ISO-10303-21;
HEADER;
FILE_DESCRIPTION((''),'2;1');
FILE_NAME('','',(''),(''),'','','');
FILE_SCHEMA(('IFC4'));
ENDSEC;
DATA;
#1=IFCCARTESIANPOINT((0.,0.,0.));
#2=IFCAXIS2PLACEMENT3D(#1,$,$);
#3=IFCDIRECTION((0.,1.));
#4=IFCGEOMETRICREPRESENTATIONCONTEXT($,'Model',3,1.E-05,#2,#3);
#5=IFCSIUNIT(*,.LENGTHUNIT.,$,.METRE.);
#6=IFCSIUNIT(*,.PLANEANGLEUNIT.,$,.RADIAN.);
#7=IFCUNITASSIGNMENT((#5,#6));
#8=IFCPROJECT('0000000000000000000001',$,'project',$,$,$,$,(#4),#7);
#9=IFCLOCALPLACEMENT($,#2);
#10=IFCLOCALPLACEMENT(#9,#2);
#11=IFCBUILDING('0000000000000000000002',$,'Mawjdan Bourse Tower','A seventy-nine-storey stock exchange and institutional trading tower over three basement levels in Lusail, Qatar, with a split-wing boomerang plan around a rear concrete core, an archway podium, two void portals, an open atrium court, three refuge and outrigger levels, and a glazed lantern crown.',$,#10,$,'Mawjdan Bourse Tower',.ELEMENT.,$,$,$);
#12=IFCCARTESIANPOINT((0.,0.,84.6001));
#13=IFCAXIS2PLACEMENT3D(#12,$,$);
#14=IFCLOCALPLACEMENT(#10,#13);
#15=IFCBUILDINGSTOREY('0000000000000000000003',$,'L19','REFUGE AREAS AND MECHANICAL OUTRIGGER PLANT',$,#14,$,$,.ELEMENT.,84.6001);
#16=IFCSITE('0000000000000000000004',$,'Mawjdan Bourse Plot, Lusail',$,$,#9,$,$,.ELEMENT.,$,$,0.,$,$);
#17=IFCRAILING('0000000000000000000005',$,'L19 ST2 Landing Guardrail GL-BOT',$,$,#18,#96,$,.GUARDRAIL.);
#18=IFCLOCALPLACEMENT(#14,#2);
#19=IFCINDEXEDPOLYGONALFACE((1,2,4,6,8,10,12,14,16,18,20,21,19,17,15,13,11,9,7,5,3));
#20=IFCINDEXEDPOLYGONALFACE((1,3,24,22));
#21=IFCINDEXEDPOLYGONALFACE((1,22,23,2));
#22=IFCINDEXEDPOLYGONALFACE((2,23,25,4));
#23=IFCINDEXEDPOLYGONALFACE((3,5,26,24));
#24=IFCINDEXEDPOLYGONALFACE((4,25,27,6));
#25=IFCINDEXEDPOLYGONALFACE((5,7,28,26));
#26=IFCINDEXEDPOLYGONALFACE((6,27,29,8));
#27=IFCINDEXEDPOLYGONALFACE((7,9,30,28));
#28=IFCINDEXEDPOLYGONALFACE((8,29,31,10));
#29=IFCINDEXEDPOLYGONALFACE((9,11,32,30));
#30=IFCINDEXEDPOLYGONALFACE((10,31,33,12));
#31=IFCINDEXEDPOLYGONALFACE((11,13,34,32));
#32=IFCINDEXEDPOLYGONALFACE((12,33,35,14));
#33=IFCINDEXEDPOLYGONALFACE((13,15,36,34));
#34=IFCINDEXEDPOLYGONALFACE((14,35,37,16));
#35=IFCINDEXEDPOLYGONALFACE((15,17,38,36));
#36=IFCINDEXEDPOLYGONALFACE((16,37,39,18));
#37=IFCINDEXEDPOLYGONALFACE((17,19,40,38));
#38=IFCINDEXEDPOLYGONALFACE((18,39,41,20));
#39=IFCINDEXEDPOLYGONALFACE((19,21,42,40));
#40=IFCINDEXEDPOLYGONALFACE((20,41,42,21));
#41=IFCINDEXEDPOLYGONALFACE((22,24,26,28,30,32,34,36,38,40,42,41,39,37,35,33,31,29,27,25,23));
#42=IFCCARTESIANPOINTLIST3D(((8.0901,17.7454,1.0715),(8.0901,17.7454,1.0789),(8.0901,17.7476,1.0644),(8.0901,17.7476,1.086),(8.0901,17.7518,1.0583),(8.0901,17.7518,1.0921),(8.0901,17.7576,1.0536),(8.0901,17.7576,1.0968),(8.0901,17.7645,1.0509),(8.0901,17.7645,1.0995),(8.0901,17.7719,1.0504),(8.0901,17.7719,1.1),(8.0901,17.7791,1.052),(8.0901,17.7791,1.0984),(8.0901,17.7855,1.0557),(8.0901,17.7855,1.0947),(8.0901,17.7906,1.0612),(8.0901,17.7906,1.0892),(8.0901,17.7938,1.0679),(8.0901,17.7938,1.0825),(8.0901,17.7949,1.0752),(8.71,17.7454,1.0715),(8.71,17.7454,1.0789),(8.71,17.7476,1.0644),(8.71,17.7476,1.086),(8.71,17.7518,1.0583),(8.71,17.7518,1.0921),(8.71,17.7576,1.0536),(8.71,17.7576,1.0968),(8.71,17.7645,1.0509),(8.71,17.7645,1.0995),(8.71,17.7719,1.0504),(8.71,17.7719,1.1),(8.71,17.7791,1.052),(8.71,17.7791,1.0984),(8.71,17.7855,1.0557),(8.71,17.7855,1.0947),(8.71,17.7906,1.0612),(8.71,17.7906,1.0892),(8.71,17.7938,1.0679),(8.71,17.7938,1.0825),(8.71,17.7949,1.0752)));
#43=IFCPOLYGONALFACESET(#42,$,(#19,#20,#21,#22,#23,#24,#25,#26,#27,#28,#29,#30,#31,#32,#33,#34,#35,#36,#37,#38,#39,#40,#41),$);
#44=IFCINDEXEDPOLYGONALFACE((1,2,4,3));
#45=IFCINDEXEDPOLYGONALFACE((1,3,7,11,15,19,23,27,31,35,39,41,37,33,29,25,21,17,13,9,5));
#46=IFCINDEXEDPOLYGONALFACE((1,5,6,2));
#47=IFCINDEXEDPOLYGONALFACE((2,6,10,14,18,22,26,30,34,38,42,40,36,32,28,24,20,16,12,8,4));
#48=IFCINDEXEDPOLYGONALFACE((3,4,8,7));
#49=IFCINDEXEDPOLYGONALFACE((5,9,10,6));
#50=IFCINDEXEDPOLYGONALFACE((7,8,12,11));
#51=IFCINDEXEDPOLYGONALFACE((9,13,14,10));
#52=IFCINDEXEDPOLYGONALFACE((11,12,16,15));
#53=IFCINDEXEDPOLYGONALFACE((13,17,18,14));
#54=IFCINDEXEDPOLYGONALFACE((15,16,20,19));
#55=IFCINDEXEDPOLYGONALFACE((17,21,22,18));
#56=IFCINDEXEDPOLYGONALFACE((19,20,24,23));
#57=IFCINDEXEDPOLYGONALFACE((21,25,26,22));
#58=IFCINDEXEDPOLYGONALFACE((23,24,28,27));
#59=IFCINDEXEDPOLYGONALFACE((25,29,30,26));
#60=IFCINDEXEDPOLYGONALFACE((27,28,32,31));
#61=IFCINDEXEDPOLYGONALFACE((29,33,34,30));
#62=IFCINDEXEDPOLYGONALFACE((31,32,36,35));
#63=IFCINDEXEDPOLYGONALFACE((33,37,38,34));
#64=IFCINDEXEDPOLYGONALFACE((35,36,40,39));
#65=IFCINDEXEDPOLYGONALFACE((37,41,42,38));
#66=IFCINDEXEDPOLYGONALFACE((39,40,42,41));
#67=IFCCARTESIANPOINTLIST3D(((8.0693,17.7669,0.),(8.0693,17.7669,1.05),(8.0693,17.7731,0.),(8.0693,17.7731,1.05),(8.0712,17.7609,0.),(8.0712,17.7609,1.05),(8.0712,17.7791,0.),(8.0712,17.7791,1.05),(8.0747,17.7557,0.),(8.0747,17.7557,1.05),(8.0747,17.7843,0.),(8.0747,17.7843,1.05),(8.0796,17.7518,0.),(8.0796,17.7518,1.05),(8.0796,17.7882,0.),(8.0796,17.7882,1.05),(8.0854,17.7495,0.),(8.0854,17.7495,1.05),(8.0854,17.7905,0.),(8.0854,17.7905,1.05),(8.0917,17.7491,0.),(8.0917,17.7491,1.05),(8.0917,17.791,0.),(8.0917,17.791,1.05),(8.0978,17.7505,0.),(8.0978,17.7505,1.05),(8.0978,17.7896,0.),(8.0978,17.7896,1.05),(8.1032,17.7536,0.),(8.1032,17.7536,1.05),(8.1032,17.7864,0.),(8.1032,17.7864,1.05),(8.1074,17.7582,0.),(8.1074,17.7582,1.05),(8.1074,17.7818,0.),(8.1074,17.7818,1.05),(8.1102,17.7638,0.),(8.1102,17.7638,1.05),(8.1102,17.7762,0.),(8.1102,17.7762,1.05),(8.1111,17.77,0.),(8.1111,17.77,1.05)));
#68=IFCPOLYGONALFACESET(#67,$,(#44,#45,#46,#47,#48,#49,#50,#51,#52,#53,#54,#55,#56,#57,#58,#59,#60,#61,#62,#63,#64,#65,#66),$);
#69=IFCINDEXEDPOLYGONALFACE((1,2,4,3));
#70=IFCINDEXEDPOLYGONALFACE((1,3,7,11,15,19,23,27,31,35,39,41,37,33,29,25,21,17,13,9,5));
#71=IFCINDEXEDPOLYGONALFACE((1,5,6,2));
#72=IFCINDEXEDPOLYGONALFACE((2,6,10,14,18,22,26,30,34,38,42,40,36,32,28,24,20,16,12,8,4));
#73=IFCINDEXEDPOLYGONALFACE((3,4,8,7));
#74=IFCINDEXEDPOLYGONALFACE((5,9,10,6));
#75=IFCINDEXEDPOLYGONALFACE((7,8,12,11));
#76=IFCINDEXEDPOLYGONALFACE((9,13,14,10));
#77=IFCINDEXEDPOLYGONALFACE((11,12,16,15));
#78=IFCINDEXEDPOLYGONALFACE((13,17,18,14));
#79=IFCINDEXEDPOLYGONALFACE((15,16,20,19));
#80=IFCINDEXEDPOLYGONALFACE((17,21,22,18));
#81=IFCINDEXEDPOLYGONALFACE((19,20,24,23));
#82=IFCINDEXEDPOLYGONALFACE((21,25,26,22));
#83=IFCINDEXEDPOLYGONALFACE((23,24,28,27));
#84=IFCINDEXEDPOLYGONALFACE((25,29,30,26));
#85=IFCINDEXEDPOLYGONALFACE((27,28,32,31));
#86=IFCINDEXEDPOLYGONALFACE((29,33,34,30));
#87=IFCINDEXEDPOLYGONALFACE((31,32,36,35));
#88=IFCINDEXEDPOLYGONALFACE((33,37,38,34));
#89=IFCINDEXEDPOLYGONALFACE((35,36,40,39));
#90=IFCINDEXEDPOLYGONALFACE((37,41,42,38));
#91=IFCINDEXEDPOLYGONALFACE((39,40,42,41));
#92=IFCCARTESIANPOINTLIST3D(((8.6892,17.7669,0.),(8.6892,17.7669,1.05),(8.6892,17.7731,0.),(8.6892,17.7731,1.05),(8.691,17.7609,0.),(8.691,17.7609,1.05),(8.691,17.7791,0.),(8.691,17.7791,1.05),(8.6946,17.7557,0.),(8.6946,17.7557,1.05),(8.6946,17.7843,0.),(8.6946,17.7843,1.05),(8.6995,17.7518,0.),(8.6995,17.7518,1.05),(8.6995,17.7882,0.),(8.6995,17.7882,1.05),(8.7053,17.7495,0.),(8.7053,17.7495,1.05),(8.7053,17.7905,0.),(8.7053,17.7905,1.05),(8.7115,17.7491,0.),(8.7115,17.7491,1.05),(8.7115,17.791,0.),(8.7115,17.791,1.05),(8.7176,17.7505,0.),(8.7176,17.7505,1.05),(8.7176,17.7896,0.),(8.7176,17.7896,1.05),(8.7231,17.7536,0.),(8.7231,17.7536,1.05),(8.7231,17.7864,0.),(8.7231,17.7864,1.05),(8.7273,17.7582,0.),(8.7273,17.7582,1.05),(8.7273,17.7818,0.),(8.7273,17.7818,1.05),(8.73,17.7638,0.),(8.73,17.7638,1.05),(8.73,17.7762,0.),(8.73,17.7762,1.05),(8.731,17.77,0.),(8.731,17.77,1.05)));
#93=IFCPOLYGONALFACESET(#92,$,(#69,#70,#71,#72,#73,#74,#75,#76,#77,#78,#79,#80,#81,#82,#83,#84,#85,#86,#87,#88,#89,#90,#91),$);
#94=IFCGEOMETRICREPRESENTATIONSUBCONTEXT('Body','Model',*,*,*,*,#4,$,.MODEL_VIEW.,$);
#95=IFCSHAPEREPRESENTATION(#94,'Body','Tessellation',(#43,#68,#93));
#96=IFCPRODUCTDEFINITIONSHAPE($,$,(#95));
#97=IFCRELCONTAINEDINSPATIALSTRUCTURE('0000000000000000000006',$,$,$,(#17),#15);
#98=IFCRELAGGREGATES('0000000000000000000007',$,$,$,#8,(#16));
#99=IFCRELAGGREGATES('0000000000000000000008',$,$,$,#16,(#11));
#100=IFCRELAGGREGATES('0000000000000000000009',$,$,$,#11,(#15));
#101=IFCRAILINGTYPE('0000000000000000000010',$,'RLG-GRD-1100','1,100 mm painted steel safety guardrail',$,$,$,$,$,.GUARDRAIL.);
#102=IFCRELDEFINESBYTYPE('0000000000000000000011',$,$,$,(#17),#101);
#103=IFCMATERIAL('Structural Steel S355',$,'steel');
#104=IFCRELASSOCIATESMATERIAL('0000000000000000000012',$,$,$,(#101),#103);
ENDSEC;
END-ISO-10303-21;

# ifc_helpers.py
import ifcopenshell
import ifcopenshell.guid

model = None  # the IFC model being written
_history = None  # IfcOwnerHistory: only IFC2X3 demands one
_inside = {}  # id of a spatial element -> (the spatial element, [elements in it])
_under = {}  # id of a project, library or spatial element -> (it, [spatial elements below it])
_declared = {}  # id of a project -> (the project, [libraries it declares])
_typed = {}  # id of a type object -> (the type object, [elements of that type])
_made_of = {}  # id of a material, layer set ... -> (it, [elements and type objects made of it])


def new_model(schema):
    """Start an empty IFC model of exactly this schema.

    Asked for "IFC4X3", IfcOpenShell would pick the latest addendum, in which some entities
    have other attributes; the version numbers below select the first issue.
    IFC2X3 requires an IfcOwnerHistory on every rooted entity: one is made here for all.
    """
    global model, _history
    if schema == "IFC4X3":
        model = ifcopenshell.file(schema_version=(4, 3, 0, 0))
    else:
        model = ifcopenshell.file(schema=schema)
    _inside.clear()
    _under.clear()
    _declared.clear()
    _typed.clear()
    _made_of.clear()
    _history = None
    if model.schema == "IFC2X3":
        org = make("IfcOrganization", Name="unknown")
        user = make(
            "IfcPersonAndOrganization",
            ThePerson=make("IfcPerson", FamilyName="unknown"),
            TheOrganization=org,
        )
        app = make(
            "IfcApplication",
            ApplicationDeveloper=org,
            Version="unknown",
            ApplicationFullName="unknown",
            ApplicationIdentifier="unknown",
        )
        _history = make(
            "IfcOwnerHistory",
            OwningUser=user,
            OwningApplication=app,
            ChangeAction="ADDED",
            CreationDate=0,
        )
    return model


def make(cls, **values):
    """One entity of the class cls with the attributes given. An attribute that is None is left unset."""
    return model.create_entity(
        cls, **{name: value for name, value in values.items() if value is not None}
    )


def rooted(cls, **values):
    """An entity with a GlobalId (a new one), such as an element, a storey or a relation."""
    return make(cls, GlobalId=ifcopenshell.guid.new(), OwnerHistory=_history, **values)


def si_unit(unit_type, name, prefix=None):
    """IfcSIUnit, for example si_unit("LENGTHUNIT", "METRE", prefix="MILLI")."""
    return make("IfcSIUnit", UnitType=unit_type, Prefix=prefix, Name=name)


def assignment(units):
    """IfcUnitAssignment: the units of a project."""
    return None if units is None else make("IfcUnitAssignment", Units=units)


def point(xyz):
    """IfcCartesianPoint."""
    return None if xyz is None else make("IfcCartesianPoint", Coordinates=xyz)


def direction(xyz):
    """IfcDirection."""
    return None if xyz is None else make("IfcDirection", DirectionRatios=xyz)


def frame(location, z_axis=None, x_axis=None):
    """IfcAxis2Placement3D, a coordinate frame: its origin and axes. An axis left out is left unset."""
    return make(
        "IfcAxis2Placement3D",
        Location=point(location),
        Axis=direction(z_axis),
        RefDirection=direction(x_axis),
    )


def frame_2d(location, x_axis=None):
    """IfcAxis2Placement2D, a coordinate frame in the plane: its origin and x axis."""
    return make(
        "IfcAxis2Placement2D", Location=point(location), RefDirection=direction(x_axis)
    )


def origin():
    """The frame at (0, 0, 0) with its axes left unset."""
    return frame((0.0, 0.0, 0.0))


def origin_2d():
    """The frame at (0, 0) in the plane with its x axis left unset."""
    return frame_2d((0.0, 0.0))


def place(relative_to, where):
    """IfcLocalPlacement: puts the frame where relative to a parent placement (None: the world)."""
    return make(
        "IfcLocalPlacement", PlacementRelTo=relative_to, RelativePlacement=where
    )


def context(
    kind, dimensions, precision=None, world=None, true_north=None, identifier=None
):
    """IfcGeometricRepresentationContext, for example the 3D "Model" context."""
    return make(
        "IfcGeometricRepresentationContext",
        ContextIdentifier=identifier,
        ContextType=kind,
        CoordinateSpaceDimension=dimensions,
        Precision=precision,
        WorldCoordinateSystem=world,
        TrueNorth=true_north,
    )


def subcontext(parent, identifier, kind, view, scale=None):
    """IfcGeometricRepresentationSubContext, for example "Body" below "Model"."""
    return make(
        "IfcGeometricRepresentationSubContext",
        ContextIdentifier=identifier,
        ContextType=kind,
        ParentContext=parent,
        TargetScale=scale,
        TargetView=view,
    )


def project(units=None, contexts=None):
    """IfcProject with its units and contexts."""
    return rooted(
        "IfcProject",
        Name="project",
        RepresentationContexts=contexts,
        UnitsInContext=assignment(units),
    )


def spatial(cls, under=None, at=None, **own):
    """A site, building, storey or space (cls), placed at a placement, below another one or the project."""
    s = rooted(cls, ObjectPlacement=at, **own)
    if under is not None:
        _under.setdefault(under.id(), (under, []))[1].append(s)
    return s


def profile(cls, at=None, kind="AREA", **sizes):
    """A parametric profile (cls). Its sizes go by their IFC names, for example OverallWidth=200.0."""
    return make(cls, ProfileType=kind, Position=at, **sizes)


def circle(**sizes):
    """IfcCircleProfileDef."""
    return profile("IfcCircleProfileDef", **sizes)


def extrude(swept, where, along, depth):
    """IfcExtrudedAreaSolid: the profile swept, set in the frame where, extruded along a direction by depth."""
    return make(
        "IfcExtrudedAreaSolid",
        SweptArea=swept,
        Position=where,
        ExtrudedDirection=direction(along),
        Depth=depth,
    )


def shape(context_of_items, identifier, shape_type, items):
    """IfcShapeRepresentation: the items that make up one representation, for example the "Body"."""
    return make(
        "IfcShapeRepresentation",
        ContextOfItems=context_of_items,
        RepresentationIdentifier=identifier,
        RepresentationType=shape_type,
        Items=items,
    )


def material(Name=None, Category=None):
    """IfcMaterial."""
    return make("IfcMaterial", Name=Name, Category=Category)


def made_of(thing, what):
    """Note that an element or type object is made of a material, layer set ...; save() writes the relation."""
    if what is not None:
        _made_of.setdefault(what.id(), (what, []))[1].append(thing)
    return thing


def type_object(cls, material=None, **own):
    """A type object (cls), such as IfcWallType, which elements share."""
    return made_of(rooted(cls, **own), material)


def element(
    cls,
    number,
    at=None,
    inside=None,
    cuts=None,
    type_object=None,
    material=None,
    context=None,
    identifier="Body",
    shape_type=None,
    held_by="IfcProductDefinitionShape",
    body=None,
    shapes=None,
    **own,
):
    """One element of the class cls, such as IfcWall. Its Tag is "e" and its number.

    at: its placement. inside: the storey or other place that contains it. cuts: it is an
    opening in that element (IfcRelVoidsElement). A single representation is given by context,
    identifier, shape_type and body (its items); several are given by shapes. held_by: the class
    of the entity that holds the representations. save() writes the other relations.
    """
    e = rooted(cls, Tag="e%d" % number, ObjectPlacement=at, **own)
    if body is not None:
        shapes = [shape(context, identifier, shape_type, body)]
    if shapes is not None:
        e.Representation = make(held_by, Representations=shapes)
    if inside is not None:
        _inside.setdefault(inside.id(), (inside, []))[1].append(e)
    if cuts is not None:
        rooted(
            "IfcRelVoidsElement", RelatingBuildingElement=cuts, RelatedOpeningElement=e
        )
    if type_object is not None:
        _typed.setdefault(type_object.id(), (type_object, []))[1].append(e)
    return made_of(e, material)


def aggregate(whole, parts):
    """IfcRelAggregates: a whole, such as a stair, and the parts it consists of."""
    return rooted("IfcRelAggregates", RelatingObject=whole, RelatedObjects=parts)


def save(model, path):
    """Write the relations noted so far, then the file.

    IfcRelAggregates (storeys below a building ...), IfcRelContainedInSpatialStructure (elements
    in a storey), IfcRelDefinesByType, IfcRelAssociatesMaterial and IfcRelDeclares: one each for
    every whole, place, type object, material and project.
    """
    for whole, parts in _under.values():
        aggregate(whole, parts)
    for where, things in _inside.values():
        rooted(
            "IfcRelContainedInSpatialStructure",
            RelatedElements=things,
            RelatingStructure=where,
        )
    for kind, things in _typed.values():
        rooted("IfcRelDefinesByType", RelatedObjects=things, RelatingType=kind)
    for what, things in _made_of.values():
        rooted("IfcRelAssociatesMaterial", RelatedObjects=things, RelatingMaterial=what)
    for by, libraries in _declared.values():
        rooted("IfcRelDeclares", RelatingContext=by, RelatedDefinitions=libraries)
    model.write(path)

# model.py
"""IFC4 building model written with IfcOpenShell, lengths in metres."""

from ifc_helpers import new_model, si_unit, direction, frame, origin, origin_2d, place, context, subcontext, project, spatial, circle, extrude, material, type_object, element, save


model = new_model("IFC4")

# Units and contexts
model_context = context("Model", 3, precision=1e-05, world=origin(), true_north=direction((0.0, 1.0)))
body_context = subcontext(model_context, "Body", "Model", "MODEL_VIEW")
ifc_project = project(units=[si_unit("LENGTHUNIT", "METRE"), si_unit("PLANEANGLEUNIT", "RADIAN")], contexts=[model_context])

# Site, building, storey
site_placement = place(None, origin())
site = spatial("IfcSite", under=ifc_project, at=site_placement, Name="Mawjdan Bourse Plot, Lusail", CompositionType="ELEMENT", RefElevation=0.0)
building_placement = place(site_placement, origin())
building = spatial("IfcBuilding", under=site, at=building_placement, Name="Mawjdan Bourse Tower", Description="A seventy-nine-storey stock exchange and institutional trading tower over three basement levels in Lusail, Qatar, with a split-wing boomerang plan around a rear concrete core, an archway podium, two void portals, an open atrium court, three refuge and outrigger levels, and a glazed lantern crown.", LongName="Mawjdan Bourse Tower", CompositionType="ELEMENT")
storey_placement = place(building_placement, frame((0.0, 0.0, 84.6001)))
storey = spatial("IfcBuildingStorey", under=building, at=storey_placement, Name="L19", Description="REFUGE AREAS AND MECHANICAL OUTRIGGER PLANT", CompositionType="ELEMENT", Elevation=84.6001)

# Shared definitions
ifc_material_1 = material(Name="Structural Steel S355", Category="steel")

# Railing
railing_type_1 = type_object("IfcRailingType", Name="RLG-GRD-1100", Description="1,100 mm painted steel safety guardrail", PredefinedType="GUARDRAIL", material=ifc_material_1)
for number, where, name in (
    (1, (8.0901, 17.77, 0.0), "L19 ST2 Landing Guardrail GL-BOT"),
):
    element("IfcRailing", number, at=place(storey_placement, frame(where)), inside=storey, type_object=railing_type_1, Name=name, PredefinedType="GUARDRAIL", context=body_context, shape_type="SweptSolid", body=[
        extrude(circle(Radius=0.0249, at=origin_2d()), frame((0.0, 0.0, 1.0752), z_axis=(1.0, 0.0, 0.0), x_axis=(0.0, 1.0, 0.0)), (0.0, 0.0, 1.0), 0.6199),
        extrude(circle(Radius=0.021, at=origin_2d()), origin(), (0.0, 0.0, 1.0), 1.05),
        extrude(circle(Radius=0.021, at=origin_2d()), frame((0.6199, 0.0, 0.0)), (0.0, 0.0, 1.0), 1.05),
    ])

save(model, "model.ifc")
